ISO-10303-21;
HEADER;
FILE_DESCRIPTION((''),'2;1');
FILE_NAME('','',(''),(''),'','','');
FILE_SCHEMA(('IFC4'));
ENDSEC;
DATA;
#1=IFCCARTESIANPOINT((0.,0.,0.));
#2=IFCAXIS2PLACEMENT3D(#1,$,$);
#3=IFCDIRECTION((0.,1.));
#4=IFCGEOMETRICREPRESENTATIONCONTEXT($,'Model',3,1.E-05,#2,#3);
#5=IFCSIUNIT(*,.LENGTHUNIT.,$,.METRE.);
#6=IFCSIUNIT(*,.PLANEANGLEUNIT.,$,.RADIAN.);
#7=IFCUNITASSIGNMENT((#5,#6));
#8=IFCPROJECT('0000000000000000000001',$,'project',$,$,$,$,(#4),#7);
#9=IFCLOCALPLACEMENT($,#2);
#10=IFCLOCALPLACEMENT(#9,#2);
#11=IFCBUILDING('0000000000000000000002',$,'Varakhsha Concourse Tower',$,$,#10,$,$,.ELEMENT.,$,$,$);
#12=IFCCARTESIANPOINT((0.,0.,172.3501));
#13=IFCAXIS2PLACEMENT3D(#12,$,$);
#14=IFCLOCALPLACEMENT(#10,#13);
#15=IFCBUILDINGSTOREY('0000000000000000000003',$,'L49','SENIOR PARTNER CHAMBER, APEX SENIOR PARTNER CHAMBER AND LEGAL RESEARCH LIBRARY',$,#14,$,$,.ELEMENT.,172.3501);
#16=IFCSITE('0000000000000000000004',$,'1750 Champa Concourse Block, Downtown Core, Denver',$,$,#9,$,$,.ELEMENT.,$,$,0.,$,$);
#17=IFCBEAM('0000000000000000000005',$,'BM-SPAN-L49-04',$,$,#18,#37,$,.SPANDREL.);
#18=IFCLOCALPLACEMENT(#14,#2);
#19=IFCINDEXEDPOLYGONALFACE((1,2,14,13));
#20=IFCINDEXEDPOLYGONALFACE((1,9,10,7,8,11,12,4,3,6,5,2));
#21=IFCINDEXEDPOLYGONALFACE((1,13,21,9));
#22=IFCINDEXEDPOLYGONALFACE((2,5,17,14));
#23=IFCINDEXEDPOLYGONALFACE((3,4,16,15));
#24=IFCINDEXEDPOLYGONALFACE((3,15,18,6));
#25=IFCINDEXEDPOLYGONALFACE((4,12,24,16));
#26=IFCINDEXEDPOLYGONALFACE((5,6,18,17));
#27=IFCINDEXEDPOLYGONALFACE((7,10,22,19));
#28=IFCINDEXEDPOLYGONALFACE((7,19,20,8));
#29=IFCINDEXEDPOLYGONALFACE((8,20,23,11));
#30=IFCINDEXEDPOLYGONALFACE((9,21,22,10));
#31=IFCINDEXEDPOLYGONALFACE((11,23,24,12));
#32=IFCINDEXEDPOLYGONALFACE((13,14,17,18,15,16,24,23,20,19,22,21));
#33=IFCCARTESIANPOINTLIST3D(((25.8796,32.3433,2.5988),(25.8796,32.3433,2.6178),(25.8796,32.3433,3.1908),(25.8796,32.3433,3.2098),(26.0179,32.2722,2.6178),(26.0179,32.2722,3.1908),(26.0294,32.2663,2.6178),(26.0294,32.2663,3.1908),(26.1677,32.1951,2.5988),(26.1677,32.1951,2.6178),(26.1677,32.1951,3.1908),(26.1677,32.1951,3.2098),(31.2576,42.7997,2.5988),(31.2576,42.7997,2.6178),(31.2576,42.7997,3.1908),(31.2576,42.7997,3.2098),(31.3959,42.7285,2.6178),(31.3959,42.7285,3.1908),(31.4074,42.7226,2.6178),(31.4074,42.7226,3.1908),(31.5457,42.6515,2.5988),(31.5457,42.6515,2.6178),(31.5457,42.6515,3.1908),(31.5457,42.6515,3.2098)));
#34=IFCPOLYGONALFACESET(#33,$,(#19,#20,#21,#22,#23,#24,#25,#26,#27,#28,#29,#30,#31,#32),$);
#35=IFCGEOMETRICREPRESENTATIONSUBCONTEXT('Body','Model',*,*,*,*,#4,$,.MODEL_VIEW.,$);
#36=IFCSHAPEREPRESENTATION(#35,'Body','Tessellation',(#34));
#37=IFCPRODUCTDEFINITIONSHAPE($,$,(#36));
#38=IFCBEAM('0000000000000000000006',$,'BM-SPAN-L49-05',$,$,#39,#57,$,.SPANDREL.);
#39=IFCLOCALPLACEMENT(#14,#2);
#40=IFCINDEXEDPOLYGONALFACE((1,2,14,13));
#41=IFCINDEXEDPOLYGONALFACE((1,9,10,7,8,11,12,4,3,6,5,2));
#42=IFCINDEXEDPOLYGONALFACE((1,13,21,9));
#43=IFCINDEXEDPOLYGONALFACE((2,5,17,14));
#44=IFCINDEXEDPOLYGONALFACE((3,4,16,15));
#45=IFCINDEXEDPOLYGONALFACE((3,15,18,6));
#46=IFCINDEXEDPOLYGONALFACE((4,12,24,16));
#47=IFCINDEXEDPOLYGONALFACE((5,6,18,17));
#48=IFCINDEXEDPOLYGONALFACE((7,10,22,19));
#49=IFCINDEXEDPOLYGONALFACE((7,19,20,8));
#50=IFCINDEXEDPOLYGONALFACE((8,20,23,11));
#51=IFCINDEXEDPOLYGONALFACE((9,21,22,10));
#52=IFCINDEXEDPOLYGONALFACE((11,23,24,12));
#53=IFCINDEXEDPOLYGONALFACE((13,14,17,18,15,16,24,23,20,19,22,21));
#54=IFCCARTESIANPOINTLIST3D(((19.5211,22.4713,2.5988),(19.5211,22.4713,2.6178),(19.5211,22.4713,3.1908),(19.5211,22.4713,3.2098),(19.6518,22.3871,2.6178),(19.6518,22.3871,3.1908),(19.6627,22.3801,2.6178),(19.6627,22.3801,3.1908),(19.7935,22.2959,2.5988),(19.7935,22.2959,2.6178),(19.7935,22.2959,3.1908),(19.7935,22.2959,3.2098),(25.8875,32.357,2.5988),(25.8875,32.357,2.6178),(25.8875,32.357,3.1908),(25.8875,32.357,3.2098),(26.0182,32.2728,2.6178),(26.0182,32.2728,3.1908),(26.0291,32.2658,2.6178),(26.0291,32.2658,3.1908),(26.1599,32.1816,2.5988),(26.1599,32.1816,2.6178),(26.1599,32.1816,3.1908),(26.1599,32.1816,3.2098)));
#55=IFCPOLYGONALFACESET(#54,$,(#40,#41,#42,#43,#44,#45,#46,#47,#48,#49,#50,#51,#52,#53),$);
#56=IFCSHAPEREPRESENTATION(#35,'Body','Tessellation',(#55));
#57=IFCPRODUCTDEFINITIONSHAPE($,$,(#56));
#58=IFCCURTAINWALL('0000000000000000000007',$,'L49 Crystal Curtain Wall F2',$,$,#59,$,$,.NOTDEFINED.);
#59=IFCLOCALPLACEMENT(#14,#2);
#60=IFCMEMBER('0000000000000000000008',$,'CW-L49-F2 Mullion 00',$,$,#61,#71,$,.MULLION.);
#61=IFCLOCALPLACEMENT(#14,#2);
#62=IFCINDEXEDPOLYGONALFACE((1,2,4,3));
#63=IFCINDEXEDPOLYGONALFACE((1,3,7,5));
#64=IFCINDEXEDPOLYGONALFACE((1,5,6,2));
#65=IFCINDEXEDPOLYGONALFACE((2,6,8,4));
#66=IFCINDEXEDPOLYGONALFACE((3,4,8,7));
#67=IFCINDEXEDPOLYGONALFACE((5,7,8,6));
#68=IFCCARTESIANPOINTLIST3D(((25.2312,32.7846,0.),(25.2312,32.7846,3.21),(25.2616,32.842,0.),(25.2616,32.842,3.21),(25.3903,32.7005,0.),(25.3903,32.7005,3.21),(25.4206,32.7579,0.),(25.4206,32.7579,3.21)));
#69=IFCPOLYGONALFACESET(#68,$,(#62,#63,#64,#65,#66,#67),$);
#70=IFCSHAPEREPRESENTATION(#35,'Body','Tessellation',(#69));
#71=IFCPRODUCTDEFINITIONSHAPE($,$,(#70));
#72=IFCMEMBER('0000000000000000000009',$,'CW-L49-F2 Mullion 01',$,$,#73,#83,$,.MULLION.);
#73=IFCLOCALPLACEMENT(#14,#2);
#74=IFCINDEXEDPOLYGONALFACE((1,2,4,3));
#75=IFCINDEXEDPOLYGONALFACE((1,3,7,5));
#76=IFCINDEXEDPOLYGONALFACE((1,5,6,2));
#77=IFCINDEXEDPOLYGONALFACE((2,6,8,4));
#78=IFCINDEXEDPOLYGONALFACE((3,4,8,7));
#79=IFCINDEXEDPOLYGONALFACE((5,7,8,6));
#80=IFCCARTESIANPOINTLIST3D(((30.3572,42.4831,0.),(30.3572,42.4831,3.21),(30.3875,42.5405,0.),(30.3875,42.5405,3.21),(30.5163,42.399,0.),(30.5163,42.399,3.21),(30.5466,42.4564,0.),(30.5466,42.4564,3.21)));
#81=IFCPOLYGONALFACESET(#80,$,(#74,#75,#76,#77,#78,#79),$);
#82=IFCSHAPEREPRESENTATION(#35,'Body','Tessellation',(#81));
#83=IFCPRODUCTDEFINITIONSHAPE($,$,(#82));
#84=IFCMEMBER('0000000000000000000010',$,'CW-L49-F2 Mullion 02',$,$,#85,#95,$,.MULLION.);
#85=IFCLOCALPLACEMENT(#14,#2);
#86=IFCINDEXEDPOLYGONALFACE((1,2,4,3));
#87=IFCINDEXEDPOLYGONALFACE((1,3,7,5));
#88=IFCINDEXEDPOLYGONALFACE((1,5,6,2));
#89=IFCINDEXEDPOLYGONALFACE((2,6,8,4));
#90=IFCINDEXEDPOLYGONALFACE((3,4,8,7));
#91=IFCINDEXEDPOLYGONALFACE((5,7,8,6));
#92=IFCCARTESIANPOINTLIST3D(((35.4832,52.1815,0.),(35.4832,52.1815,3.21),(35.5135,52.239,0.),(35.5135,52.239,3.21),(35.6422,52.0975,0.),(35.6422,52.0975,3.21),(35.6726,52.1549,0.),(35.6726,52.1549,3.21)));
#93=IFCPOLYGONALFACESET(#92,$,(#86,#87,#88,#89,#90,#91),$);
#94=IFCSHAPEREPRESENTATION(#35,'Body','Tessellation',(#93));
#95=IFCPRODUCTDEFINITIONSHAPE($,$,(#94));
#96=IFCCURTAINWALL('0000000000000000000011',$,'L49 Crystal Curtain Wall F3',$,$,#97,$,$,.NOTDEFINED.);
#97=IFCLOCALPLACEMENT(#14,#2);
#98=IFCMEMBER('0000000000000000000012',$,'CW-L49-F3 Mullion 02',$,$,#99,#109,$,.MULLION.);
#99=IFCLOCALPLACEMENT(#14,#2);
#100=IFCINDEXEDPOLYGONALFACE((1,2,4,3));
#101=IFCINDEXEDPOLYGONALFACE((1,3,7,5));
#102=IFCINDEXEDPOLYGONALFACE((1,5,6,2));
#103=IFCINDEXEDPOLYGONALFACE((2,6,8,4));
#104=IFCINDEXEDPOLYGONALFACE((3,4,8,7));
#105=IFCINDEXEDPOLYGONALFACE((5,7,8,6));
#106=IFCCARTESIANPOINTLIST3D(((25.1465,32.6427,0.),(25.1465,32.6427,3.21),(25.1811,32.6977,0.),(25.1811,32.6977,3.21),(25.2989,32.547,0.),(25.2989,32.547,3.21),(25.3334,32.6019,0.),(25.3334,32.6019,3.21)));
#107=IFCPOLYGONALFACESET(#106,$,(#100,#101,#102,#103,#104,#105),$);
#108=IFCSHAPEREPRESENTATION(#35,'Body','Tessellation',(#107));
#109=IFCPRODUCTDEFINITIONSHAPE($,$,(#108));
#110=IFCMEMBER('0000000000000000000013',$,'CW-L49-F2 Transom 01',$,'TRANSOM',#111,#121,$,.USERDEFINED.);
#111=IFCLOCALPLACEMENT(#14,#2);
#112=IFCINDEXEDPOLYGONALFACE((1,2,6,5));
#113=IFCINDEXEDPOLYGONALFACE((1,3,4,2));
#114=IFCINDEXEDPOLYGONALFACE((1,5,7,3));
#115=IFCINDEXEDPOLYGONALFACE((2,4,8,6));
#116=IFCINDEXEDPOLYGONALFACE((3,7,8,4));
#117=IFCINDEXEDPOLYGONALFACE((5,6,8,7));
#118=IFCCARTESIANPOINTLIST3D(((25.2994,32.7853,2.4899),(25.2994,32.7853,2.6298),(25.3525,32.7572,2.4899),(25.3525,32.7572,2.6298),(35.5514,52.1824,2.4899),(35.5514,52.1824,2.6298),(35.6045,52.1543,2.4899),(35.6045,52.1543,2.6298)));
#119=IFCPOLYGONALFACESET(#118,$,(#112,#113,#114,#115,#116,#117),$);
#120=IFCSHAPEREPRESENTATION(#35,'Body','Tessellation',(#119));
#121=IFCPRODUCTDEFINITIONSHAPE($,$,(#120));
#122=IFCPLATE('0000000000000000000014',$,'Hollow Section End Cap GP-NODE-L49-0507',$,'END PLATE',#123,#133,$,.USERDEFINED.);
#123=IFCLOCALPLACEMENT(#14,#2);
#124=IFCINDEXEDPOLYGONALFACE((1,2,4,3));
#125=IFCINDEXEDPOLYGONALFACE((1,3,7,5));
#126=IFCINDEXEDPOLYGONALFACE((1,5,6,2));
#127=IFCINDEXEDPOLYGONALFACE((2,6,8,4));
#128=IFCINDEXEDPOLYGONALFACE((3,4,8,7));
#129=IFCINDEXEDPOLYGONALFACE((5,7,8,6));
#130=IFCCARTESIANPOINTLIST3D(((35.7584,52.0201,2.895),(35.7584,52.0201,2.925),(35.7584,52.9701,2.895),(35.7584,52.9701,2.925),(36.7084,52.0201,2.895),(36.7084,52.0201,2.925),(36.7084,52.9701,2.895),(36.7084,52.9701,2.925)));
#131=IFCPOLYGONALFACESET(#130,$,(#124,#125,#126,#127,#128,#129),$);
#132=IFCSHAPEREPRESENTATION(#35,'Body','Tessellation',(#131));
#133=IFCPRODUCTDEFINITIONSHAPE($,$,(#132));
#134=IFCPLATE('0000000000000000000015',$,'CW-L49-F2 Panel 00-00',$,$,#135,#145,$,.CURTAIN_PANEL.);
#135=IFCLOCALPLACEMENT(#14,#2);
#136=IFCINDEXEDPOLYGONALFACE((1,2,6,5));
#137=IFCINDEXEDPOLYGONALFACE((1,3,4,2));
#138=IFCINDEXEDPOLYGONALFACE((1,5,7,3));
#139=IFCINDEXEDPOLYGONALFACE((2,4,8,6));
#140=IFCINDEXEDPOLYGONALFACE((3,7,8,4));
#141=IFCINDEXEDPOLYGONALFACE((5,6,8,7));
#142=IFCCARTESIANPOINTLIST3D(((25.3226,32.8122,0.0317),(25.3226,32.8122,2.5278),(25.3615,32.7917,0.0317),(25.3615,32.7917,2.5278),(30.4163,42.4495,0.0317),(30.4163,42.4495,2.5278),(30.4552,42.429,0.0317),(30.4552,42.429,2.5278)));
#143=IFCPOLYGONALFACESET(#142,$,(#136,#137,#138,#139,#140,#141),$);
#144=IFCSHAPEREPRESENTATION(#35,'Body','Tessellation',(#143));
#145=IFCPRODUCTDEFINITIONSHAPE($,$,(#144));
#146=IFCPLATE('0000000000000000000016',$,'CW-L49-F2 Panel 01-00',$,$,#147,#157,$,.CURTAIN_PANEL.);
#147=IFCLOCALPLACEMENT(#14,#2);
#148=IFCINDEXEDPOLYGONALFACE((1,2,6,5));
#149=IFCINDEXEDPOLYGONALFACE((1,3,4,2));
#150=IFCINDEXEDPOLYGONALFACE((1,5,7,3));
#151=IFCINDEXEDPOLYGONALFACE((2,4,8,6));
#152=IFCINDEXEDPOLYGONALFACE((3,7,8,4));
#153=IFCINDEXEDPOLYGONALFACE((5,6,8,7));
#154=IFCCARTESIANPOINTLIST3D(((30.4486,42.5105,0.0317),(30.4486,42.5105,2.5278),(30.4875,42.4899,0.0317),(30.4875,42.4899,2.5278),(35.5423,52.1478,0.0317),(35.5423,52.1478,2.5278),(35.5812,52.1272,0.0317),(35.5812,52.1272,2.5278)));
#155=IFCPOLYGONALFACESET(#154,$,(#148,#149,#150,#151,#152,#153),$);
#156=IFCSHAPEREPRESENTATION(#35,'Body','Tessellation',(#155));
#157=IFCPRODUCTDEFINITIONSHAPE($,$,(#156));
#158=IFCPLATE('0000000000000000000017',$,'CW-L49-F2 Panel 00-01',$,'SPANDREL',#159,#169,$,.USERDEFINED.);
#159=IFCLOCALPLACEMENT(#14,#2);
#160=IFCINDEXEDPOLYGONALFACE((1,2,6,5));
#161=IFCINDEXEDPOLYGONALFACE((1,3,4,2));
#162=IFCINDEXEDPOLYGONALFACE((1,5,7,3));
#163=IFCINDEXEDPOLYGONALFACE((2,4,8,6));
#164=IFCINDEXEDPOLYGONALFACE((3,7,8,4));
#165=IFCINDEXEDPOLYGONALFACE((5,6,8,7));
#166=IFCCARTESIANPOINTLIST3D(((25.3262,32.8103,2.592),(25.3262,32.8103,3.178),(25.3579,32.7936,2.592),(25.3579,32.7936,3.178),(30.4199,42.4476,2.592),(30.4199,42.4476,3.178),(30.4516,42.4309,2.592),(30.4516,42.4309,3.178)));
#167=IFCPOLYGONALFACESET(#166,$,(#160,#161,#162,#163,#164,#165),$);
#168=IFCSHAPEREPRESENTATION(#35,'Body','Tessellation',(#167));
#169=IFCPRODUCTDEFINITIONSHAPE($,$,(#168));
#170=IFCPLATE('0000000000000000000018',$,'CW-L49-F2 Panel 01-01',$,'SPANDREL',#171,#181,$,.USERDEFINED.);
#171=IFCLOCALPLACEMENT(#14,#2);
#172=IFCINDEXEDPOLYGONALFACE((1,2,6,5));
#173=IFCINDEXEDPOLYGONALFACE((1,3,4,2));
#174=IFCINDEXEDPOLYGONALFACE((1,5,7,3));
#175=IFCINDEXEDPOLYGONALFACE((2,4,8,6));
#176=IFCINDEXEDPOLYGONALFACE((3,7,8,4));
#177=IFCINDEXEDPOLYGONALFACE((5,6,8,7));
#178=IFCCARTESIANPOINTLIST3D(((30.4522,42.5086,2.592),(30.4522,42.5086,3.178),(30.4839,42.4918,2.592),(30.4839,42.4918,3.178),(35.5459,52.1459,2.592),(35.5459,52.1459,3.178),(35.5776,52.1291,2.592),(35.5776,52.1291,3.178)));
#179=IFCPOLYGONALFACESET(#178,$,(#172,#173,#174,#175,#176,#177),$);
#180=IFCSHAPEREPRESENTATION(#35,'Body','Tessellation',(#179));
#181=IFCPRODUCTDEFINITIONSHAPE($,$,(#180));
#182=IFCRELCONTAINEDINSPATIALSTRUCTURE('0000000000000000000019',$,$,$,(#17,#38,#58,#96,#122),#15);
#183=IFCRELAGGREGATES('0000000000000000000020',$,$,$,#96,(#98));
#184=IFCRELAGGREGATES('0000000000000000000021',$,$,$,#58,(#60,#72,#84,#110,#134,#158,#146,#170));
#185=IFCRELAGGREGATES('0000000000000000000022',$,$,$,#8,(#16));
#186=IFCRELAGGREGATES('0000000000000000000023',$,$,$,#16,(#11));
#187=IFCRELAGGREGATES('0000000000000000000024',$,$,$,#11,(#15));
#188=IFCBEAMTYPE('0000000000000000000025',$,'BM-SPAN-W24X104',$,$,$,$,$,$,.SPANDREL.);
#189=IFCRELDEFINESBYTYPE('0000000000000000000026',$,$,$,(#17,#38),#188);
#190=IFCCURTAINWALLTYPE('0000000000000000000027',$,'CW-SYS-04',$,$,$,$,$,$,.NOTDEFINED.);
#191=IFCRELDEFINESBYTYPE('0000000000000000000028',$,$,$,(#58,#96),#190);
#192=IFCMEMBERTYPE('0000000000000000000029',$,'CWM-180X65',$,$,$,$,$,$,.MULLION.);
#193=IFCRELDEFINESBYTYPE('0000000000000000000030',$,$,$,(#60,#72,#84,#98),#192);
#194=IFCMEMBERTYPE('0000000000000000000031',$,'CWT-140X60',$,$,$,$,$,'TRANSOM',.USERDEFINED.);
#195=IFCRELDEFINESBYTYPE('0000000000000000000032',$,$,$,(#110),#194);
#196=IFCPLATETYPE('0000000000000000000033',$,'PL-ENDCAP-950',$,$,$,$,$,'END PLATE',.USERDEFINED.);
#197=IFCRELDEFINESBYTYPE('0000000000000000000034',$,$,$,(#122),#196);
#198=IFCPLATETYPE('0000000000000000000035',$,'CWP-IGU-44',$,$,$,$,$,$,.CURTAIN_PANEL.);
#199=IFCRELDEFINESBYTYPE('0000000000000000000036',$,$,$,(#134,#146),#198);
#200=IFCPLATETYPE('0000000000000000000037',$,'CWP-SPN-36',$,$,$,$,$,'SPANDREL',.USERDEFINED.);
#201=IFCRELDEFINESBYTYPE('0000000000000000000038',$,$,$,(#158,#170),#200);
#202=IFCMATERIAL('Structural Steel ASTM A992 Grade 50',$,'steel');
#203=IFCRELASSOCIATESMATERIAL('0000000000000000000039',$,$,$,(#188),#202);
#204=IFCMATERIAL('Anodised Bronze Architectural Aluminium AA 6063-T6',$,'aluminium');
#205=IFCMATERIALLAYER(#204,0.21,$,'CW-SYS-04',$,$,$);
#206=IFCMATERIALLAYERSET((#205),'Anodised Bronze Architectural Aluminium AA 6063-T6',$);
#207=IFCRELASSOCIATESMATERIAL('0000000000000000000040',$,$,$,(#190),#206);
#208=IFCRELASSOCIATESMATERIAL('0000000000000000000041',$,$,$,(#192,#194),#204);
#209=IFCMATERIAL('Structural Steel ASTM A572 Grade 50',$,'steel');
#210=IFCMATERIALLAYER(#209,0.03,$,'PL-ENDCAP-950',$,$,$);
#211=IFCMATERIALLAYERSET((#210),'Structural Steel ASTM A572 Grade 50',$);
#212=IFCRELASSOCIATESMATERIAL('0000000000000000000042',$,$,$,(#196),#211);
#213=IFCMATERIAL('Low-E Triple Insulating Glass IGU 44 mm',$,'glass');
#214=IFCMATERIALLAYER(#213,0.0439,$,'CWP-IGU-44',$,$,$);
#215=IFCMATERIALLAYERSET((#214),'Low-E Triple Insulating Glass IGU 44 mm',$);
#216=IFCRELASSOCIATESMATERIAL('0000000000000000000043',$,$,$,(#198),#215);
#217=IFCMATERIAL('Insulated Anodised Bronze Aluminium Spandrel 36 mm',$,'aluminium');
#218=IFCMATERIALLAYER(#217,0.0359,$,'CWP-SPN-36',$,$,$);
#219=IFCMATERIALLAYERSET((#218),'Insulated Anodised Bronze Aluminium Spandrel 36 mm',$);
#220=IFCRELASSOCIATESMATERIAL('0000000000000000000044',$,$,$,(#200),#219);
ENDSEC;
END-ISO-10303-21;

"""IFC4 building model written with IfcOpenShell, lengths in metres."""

from ifc_helpers import new_model, si_unit, direction, frame, origin, origin_2d, place, context, subcontext, project, spatial, rectangle, i_section, extrude, source, transform, mapped, material, layer, layer_set, material_profile, profile_set, type_object, type_shapes, element, aggregate, save


model = new_model("IFC4")

# Units and contexts
model_context = context("Model", 3, precision=1e-05, world=origin(), true_north=direction((0.0, 1.0)))
body_context = subcontext(model_context, "Body", "Model", "MODEL_VIEW")
ifc_project = project(units=[si_unit("LENGTHUNIT", "METRE"), si_unit("PLANEANGLEUNIT", "RADIAN")], contexts=[model_context])

# Site, building, storey
site_placement = place(None, origin())
site = spatial("IfcSite", under=ifc_project, at=site_placement, Name="1750 Champa Concourse Block, Downtown Core, Denver", CompositionType="ELEMENT", RefElevation=0.0)
building_placement = place(site_placement, origin())
building = spatial("IfcBuilding", under=site, at=building_placement, Name="Varakhsha Concourse Tower", CompositionType="ELEMENT")
storey_placement = place(building_placement, frame((0.0, 0.0, 172.3501)))
storey = spatial("IfcBuildingStorey", under=building, at=storey_placement, Name="L49", Description="SENIOR PARTNER CHAMBER, APEX SENIOR PARTNER CHAMBER AND LEGAL RESEARCH LIBRARY", CompositionType="ELEMENT", Elevation=172.3501)

# Shared definitions
ifc_material_1 = material(Name="Structural Steel ASTM A992 Grade 50", Category="steel")
ifc_material_2 = material(Name="Structural Steel ASTM A572 Grade 50", Category="steel")

# Beams
ifc_material_profile_1 = material_profile(ifc_material_1, i_section(OverallWidth=0.324, OverallDepth=0.6111, WebThickness=0.0129, FlangeThickness=0.019, at=origin_2d()), Name="W24X104")
ifc_profile_set_1 = profile_set([ifc_material_profile_1], Name="Structural Steel ASTM A992 Grade 50")
beam_type_1 = type_object("IfcBeamType", Name="BM-SPAN-W24X104", PredefinedType="SPANDREL", material=ifc_profile_set_1)
for number, where, z_axis, x_axis, name in (
    (1, (31.4016, 42.7256, 2.9043), (-0.457375, -0.889274, 0.0), (0.889274, -0.457375, 0.0), "BM-SPAN-L49-04"),
    (2, (26.0237, 32.2693, 2.9043), (-0.54144, -0.84074, 0.0), (0.84074, -0.54144, 0.0), "BM-SPAN-L49-05"),
):
    element("IfcBeam", number, at=place(storey_placement, frame(where, z_axis=z_axis, x_axis=x_axis)), inside=storey, type_object=beam_type_1, Name=name, PredefinedType="SPANDREL", context=body_context, shape_type="SweptSolid", body=[
        extrude(i_section(OverallWidth=0.324, OverallDepth=0.6111, WebThickness=0.0129, FlangeThickness=0.019, at=origin_2d()), origin(), (0.0, 0.0, 1.0), 11.7583),
    ])

# Curtain wall, members
ifc_material_3 = material(Name="Anodised Bronze Architectural Aluminium AA 6063-T6", Category="aluminium")
ifc_layer_1 = layer(ifc_material_3, 0.21, Name="CW-SYS-04")
ifc_layer_set_1 = layer_set([ifc_layer_1], Name="Anodised Bronze Architectural Aluminium AA 6063-T6")
curtain_wall_type = type_object("IfcCurtainWallType", Name="CW-SYS-04", PredefinedType="NOTDEFINED", material=ifc_layer_set_1)
curtain_wall_1_placement = place(storey_placement, origin())
curtain_wall_1 = element("IfcCurtainWall", 3, at=curtain_wall_1_placement, inside=storey, type_object=curtain_wall_type, Name="L49 Crystal Curtain Wall F2", PredefinedType="NOTDEFINED")
ifc_material_profile_2 = material_profile(ifc_material_3, rectangle(XDim=0.0649, YDim=0.1799, at=origin_2d()), Name="CWM-180X65")
ifc_profile_set_2 = profile_set([ifc_material_profile_2], Name="Anodised Bronze Architectural Aluminium AA 6063-T6")
member_type_1 = type_object("IfcMemberType", Name="CWM-180X65", PredefinedType="MULLION", material=ifc_profile_set_2)
shared_shape_1 = source(origin(), body_context, "Body", "SweptSolid", [
    extrude(rectangle(XDim=0.0649, YDim=0.1799, at=origin_2d()), origin(), (0.0, 0.0, 1.0), 3.21),
])
type_shapes(member_type_1, [shared_shape_1])
member_1_placement = place(storey_placement, frame((25.3259, 32.7712, 0.0), z_axis=(0.0, 0.0, 1.0), x_axis=(0.467286, 0.884106, 0.0)))
member_1 = element("IfcMember", 4, at=member_1_placement, type_object=member_type_1, Name="CW-L49-F2 Mullion 00", PredefinedType="MULLION", context=body_context, shape_type="MappedRepresentation", body=[
    mapped(shared_shape_1, transform((0.0, 0.0, 0.0), scale=1.0)),
])
member_2_placement = place(storey_placement, frame((30.4519, 42.4697, 0.0), z_axis=(0.0, 0.0, 1.0), x_axis=(0.467286, 0.884106, 0.0)))
member_2 = element("IfcMember", 5, at=member_2_placement, type_object=member_type_1, Name="CW-L49-F2 Mullion 01", PredefinedType="MULLION", context=body_context, shape_type="MappedRepresentation", body=[
    mapped(shared_shape_1, transform((0.0, 0.0, 0.0), scale=1.0)),
])
member_3_placement = place(storey_placement, frame((35.5779, 52.1682, 0.0), z_axis=(0.0, 0.0, 1.0), x_axis=(0.467286, 0.884106, 0.0)))
member_3 = element("IfcMember", 6, at=member_3_placement, type_object=member_type_1, Name="CW-L49-F2 Mullion 02", PredefinedType="MULLION", context=body_context, shape_type="MappedRepresentation", body=[
    mapped(shared_shape_1, transform((0.0, 0.0, 0.0), scale=1.0)),
])

# Curtain wall, member
curtain_wall_2_placement = place(storey_placement, origin())
curtain_wall_2 = element("IfcCurtainWall", 7, at=curtain_wall_2_placement, inside=storey, type_object=curtain_wall_type, Name="L49 Crystal Curtain Wall F3", PredefinedType="NOTDEFINED")
member_4_placement = place(storey_placement, frame((25.24, 32.6223, 0.0), z_axis=(0.0, 0.0, 1.0), x_axis=(0.532022, 0.84673, 0.0)))
member_4 = element("IfcMember", 8, at=member_4_placement, type_object=member_type_1, Name="CW-L49-F3 Mullion 02", PredefinedType="MULLION", context=body_context, shape_type="MappedRepresentation", body=[
    mapped(shared_shape_1, transform((0.0, 0.0, 0.0), scale=1.0)),
])
aggregate(curtain_wall_2, [member_4])

# Member
ifc_material_profile_3 = material_profile(ifc_material_3, rectangle(XDim=0.0601, YDim=0.1399, at=origin_2d()), Name="CWT-140X60")
ifc_profile_set_3 = profile_set([ifc_material_profile_3], Name="Anodised Bronze Architectural Aluminium AA 6063-T6")
member_type_2 = type_object("IfcMemberType", Name="CWT-140X60", ElementType="TRANSOM", PredefinedType="USERDEFINED", material=ifc_profile_set_3)
shared_shape_2 = source(origin(), body_context, "Body", "SweptSolid", [
    extrude(rectangle(XDim=0.0601, YDim=0.1399, at=origin_2d()), origin(), (0.0, 0.0, 1.0), 21.9397),
])
type_shapes(member_type_2, [shared_shape_2])
member_5_placement = place(storey_placement, frame((25.3259, 32.7712, 2.5598), z_axis=(0.467281, 0.884109, 0.0), x_axis=(-0.884109, 0.467281, 0.0)))
member_5 = element("IfcMember", 9, at=member_5_placement, type_object=member_type_2, Name="CW-L49-F2 Transom 01", ObjectType="TRANSOM", PredefinedType="USERDEFINED", context=body_context, shape_type="MappedRepresentation", body=[
    mapped(shared_shape_2, transform((0.0, 0.0, 0.0), scale=1.0)),
])

# Plates
ifc_layer_2 = layer(ifc_material_2, 0.03, Name="PL-ENDCAP-950")
ifc_layer_set_2 = layer_set([ifc_layer_2], Name="Structural Steel ASTM A572 Grade 50")
plate_type_1 = type_object("IfcPlateType", Name="PL-ENDCAP-950", ElementType="END PLATE", PredefinedType="USERDEFINED", material=ifc_layer_set_2)
shared_shape_3 = source(origin(), body_context, "Body", "SweptSolid", [
    extrude(rectangle(XDim=0.95, YDim=0.95, at=origin_2d()), origin(), (0.0, 0.0, 1.0), 0.03),
])
type_shapes(plate_type_1, [shared_shape_3])
plate_1_placement = place(storey_placement, frame((36.2334, 52.4951, 2.895), z_axis=(0.0, 0.0, 1.0), x_axis=(1.0, 0.0, 0.0)))
element("IfcPlate", 10, at=plate_1_placement, inside=storey, type_object=plate_type_1, Name="Hollow Section End Cap GP-NODE-L49-0507", ObjectType="END PLATE", PredefinedType="USERDEFINED", context=body_context, shape_type="MappedRepresentation", body=[
    mapped(shared_shape_3, transform((0.0, 0.0, 0.0), scale=1.0)),
])
ifc_material_4 = material(Name="Low-E Triple Insulating Glass IGU 44 mm", Category="glass")
ifc_layer_3 = layer(ifc_material_4, 0.0439, Name="CWP-IGU-44")
ifc_layer_set_3 = layer_set([ifc_layer_3], Name="Low-E Triple Insulating Glass IGU 44 mm")
plate_type_2 = type_object("IfcPlateType", Name="CWP-IGU-44", PredefinedType="CURTAIN_PANEL", material=ifc_layer_set_3)
shared_shape_4 = source(origin(), body_context, "Body", "SweptSolid", [
    extrude(rectangle(XDim=10.9006, YDim=0.0439, at=origin_2d()), origin(), (0.0, 0.0, 1.0), 2.4961),
])
type_shapes(plate_type_2, [shared_shape_4])
plate_2_placement = place(storey_placement, frame((27.8889, 37.6206, 0.0317), z_axis=(0.0, 0.0, 1.0), x_axis=(0.467286, 0.884106, 0.0)))
plate_2 = element("IfcPlate", 11, at=plate_2_placement, type_object=plate_type_2, Name="CW-L49-F2 Panel 00-00", PredefinedType="CURTAIN_PANEL", context=body_context, shape_type="MappedRepresentation", body=[
    mapped(shared_shape_4, transform((0.0, 0.0, 0.0), scale=1.0)),
])
plate_3_placement = place(storey_placement, frame((33.0149, 47.3188, 0.0317), z_axis=(0.0, 0.0, 1.0), x_axis=(0.467286, 0.884106, 0.0)))
plate_3 = element("IfcPlate", 12, at=plate_3_placement, type_object=plate_type_2, Name="CW-L49-F2 Panel 01-00", PredefinedType="CURTAIN_PANEL", context=body_context, shape_type="MappedRepresentation", body=[
    mapped(shared_shape_4, transform((0.0, 0.0, 0.0), scale=1.0)),
])
ifc_material_5 = material(Name="Insulated Anodised Bronze Aluminium Spandrel 36 mm", Category="aluminium")
ifc_layer_4 = layer(ifc_material_5, 0.0359, Name="CWP-SPN-36")
ifc_layer_set_4 = layer_set([ifc_layer_4], Name="Insulated Anodised Bronze Aluminium Spandrel 36 mm")
plate_type_3 = type_object("IfcPlateType", Name="CWP-SPN-36", ElementType="SPANDREL", PredefinedType="USERDEFINED", material=ifc_layer_set_4)
shared_shape_5 = source(origin(), body_context, "Body", "SweptSolid", [
    extrude(rectangle(XDim=10.9006, YDim=0.0359, at=origin_2d()), origin(), (0.0, 0.0, 1.0), 0.5859),
])
type_shapes(plate_type_3, [shared_shape_5])
plate_4_placement = place(storey_placement, frame((27.8889, 37.6206, 2.592), z_axis=(0.0, 0.0, 1.0), x_axis=(0.467286, 0.884106, 0.0)))
plate_4 = element("IfcPlate", 13, at=plate_4_placement, type_object=plate_type_3, Name="CW-L49-F2 Panel 00-01", ObjectType="SPANDREL", PredefinedType="USERDEFINED", context=body_context, shape_type="MappedRepresentation", body=[
    mapped(shared_shape_5, transform((0.0, 0.0, 0.0), scale=1.0)),
])
plate_5_placement = place(storey_placement, frame((33.0149, 47.3188, 2.592), z_axis=(0.0, 0.0, 1.0), x_axis=(0.467286, 0.884106, 0.0)))
plate_5 = element("IfcPlate", 14, at=plate_5_placement, type_object=plate_type_3, Name="CW-L49-F2 Panel 01-01", ObjectType="SPANDREL", PredefinedType="USERDEFINED", context=body_context, shape_type="MappedRepresentation", body=[
    mapped(shared_shape_5, transform((0.0, 0.0, 0.0), scale=1.0)),
])
aggregate(curtain_wall_1, [member_1, member_2, member_3, member_5, plate_2, plate_4, plate_3, plate_5])

save(model, "model.ifc")
